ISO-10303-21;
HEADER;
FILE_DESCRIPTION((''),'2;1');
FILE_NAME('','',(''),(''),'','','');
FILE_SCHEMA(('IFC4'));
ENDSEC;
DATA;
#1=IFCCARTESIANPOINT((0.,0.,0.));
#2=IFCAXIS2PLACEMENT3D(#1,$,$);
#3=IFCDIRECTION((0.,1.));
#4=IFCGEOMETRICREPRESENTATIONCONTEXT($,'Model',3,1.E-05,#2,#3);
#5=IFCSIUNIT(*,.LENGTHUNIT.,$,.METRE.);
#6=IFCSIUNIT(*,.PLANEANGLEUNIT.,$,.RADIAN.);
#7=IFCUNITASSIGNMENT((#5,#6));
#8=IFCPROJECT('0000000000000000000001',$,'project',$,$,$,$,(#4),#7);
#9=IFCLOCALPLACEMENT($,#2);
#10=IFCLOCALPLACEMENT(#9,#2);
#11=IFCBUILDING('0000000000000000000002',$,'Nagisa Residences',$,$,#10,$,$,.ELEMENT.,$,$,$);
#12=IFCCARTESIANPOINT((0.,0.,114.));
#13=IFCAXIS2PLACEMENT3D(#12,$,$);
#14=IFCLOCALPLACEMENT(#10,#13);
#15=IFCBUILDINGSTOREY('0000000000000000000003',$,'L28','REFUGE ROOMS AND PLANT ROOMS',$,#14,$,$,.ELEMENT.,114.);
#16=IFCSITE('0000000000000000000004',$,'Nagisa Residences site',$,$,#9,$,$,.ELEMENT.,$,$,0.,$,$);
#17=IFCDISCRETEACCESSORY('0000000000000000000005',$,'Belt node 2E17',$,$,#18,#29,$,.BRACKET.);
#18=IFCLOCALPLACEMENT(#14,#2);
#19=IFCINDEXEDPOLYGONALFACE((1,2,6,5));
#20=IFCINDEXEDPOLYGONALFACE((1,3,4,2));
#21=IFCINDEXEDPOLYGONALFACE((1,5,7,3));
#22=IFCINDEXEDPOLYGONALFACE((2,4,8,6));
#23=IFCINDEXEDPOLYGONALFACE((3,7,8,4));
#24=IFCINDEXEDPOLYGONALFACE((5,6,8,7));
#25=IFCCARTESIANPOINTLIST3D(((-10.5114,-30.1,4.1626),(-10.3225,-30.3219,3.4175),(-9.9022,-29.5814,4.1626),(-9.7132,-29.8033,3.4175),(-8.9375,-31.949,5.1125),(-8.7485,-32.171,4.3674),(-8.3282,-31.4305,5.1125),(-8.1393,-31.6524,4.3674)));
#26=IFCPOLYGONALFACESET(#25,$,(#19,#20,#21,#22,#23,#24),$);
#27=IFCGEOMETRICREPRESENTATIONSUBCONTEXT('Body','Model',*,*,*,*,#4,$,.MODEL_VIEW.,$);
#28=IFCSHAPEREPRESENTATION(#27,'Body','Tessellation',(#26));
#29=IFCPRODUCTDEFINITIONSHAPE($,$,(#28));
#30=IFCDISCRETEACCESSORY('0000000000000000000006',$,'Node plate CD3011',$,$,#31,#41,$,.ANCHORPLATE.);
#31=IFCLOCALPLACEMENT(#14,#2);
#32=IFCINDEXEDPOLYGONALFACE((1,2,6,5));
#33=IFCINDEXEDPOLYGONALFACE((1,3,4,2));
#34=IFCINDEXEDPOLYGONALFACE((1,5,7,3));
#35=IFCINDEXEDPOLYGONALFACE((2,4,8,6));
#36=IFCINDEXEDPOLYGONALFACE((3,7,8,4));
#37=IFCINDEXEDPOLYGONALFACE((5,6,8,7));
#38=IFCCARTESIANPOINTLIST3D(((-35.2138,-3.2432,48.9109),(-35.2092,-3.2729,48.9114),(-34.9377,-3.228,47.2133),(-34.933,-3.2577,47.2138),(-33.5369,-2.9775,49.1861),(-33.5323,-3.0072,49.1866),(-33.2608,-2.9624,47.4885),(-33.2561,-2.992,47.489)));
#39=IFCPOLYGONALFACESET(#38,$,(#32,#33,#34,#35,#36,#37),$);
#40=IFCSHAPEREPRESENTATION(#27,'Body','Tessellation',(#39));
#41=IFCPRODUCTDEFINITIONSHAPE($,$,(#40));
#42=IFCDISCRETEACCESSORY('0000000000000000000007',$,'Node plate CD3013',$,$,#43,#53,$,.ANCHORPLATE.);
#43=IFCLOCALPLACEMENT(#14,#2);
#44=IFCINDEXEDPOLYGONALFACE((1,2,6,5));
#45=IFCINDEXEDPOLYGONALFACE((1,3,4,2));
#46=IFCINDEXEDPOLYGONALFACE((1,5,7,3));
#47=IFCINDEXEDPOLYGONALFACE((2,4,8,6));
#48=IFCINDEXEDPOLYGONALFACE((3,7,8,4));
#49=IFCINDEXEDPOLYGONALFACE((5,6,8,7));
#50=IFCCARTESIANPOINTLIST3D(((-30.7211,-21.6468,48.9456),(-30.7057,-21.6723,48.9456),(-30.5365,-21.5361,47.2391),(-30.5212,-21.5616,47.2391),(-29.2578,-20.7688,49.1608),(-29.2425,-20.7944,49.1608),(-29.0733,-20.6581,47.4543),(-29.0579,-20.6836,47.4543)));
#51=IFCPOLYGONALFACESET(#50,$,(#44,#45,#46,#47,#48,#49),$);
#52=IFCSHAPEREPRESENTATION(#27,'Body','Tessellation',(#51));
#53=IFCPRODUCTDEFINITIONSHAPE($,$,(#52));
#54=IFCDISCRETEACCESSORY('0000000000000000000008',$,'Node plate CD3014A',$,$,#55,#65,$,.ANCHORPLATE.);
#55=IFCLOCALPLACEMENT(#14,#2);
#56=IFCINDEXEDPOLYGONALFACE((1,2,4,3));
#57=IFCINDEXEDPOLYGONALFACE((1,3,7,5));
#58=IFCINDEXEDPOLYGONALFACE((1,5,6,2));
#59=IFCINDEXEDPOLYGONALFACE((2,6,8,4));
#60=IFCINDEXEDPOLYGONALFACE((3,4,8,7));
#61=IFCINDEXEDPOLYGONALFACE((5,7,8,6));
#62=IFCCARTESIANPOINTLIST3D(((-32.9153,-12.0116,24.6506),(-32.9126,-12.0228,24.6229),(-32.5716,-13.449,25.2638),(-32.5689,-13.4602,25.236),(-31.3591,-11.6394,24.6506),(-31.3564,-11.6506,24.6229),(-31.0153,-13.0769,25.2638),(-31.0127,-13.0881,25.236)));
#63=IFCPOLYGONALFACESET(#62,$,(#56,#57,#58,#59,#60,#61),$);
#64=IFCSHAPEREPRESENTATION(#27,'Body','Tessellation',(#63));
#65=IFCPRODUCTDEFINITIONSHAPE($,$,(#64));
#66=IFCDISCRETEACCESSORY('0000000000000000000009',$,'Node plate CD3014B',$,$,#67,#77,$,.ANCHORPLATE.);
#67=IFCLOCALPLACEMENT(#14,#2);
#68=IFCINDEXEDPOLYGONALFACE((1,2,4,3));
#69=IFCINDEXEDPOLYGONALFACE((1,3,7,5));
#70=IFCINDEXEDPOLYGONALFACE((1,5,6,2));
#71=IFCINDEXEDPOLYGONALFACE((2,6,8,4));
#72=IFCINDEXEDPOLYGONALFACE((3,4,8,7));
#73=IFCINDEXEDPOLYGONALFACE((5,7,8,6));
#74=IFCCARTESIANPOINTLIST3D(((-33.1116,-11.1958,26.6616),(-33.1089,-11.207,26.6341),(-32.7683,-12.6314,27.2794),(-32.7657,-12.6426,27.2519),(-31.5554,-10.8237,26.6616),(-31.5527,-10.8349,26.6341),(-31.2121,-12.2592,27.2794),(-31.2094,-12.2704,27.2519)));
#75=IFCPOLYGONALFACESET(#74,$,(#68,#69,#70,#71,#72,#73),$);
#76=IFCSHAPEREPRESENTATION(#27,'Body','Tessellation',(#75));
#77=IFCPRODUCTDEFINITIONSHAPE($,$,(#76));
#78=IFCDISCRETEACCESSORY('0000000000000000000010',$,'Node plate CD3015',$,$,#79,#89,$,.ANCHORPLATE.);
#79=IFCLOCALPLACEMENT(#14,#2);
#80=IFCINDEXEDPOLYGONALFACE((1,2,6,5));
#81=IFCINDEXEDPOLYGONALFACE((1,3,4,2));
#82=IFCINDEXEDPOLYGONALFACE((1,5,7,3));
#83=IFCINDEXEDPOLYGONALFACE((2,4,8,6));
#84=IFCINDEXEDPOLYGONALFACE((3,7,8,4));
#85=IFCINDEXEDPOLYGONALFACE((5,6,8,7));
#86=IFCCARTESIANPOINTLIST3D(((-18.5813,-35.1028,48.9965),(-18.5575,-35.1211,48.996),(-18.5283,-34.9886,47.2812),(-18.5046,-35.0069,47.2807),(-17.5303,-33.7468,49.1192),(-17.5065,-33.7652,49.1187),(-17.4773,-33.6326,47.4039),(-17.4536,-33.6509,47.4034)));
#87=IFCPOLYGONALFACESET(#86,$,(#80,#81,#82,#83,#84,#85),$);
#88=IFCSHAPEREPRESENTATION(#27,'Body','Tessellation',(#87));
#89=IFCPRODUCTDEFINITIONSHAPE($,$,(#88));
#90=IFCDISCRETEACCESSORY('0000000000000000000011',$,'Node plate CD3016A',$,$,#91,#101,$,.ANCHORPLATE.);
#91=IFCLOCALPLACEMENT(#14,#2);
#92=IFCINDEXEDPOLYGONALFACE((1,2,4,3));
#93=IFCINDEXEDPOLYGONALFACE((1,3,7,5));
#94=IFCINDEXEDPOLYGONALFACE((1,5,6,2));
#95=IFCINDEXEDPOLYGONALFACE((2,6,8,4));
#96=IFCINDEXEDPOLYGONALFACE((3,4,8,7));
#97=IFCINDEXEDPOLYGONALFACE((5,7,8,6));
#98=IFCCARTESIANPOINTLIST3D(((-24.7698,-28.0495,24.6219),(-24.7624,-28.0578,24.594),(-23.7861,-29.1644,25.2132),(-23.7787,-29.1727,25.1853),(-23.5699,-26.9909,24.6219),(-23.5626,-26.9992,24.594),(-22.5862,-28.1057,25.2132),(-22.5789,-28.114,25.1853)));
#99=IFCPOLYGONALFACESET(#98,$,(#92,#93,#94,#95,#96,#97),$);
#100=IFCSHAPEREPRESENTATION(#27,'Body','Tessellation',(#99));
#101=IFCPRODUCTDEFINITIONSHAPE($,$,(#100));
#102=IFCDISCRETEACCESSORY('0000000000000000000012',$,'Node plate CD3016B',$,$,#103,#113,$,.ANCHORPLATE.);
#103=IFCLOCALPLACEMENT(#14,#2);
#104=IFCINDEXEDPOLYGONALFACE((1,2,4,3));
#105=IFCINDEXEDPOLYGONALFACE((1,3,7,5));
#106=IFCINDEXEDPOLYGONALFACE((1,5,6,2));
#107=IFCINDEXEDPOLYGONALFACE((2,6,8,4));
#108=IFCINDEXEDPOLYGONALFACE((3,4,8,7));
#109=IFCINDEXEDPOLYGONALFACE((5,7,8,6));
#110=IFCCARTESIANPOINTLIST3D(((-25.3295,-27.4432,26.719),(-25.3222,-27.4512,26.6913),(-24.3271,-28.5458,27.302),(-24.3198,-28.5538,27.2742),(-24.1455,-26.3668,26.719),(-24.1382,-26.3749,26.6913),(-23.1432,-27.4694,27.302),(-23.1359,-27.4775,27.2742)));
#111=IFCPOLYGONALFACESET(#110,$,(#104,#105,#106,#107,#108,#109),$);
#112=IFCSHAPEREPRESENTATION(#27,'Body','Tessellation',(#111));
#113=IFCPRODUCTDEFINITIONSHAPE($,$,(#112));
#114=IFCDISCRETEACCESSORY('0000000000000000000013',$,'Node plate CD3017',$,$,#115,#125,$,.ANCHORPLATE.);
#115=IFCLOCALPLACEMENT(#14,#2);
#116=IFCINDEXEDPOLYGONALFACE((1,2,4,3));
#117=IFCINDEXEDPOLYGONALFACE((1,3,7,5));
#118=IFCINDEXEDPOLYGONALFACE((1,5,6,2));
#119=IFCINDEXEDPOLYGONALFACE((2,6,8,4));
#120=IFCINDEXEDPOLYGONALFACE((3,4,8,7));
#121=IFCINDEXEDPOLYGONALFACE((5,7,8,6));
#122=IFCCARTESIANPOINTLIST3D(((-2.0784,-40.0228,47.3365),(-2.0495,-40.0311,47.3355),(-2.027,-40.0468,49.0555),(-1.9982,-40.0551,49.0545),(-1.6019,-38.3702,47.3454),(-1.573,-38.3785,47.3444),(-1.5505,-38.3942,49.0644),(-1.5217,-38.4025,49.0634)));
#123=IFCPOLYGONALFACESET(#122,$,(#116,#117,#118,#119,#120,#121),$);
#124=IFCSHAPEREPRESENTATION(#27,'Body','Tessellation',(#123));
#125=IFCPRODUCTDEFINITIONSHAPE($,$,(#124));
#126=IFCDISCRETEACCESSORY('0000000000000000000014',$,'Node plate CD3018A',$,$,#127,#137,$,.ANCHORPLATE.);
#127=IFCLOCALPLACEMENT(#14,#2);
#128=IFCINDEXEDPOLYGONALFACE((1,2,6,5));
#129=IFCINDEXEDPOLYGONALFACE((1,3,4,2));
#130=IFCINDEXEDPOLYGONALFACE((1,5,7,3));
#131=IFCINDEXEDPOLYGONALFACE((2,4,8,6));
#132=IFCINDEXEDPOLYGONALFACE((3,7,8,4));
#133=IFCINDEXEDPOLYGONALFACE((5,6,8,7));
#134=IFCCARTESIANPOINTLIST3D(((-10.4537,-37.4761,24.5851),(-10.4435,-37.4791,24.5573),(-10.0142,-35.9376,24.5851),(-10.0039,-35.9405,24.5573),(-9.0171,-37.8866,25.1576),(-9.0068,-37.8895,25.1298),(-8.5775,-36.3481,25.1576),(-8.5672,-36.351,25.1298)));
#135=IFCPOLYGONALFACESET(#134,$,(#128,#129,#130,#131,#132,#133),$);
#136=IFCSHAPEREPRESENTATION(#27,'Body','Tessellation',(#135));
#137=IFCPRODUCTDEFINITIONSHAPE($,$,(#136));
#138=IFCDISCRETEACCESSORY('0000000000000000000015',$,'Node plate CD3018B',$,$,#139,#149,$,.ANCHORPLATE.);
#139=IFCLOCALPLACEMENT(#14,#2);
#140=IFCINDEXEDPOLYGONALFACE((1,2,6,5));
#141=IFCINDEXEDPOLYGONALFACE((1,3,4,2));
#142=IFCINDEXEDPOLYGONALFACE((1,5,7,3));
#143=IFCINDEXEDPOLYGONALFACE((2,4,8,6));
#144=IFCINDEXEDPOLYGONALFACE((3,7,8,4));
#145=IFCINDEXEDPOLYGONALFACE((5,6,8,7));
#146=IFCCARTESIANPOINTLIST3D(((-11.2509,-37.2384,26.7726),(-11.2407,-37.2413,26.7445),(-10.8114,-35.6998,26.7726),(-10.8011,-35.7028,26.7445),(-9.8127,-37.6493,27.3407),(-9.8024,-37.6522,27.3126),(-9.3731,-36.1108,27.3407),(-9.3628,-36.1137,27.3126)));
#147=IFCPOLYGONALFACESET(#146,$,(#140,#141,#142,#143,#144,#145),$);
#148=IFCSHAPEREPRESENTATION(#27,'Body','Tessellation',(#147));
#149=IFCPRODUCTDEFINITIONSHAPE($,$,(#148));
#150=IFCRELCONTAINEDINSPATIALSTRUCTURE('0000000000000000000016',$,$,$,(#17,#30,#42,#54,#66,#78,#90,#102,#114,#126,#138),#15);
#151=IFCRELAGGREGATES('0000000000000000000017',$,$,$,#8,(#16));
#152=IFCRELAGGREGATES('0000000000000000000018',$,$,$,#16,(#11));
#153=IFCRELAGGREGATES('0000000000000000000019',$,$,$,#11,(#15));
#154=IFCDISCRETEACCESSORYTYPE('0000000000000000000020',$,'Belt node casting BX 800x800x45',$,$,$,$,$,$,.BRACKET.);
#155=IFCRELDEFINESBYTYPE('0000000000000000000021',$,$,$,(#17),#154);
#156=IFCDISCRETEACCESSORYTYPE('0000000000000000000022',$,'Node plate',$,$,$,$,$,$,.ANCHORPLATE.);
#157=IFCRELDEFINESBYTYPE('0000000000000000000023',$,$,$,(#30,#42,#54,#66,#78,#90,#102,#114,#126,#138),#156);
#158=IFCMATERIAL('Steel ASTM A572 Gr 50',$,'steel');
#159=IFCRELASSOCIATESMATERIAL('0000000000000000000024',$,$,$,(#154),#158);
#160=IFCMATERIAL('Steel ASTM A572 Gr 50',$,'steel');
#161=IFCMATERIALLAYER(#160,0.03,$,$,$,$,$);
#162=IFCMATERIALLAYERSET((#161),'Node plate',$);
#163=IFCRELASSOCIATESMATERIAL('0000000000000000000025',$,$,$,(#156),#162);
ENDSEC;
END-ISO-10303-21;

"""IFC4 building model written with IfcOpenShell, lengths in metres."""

from ifc_helpers import new_model, si_unit, direction, frame, origin, origin_2d, place, context, subcontext, project, spatial, rectangle, extrude, material, layer, layer_set, type_object, element, save


model = new_model("IFC4")

# Units and contexts
model_context = context("Model", 3, precision=1e-05, world=origin(), true_north=direction((0.0, 1.0)))
body_context = subcontext(model_context, "Body", "Model", "MODEL_VIEW")
ifc_project = project(units=[si_unit("LENGTHUNIT", "METRE"), si_unit("PLANEANGLEUNIT", "RADIAN")], contexts=[model_context])

# Site, building, storey
site_placement = place(None, origin())
site = spatial("IfcSite", under=ifc_project, at=site_placement, Name="Nagisa Residences site", CompositionType="ELEMENT", RefElevation=0.0)
building_placement = place(site_placement, origin())
building = spatial("IfcBuilding", under=site, at=building_placement, Name="Nagisa Residences", CompositionType="ELEMENT")
storey_placement = place(building_placement, frame((0.0, 0.0, 114.0)))
storey = spatial("IfcBuildingStorey", under=building, at=storey_placement, Name="L28", Description="REFUGE ROOMS AND PLANT ROOMS", CompositionType="ELEMENT", Elevation=114.0)

# Discrete accessories
ifc_material_1 = material(Name="Steel ASTM A572 Gr 50", Category="steel")
discrete_accessory_type_1 = type_object("IfcDiscreteAccessoryType", Name="Belt node casting BX 800x800x45", PredefinedType="BRACKET", material=ifc_material_1)
discrete_accessory_1_placement = place(storey_placement, frame((-10.1123, -29.9517, 3.79), z_axis=(0.603634, -0.709155, 0.364315), x_axis=(0.761488, 0.648179, 0.0)))
element("IfcDiscreteAccessory", 1, at=discrete_accessory_1_placement, inside=storey, type_object=discrete_accessory_type_1, Name="Belt node 2E17", PredefinedType="BRACKET", context=body_context, shape_type="SweptSolid", body=[
    extrude(rectangle(XDim=0.8, YDim=0.8, at=origin_2d()), origin(), (0.0, 0.0, 1.0), 2.6074),
])
ifc_material_2 = material(Name="Steel ASTM A572 Gr 50", Category="steel")
ifc_layer = layer(ifc_material_2, 0.03)
ifc_layer_set = layer_set([ifc_layer], Name="Node plate")
discrete_accessory_type_2 = type_object("IfcDiscreteAccessoryType", Name="Node plate", PredefinedType="ANCHORPLATE", material=ifc_layer_set)
discrete_accessory_2_placement = place(storey_placement, frame((-34.2373, -3.1028, 48.1997), z_axis=(0.153863, -0.98796, 0.016196), x_axis=(0.160576, 0.008828, -0.986984)))
element("IfcDiscreteAccessory", 2, at=discrete_accessory_2_placement, inside=storey, type_object=discrete_accessory_type_2, Name="Node plate CD3011", PredefinedType="ANCHORPLATE", context=body_context, shape_type="SweptSolid", body=[
    extrude(rectangle(XDim=1.72, YDim=1.72, at=origin_2d()), origin(), (0.0, 0.0, 1.0), 0.03),
])
discrete_accessory_3_placement = place(storey_placement, frame((-29.8818, -21.178, 48.2), z_axis=(-0.514496, 0.857493, 0.0), x_axis=(0.107289, 0.064374, -0.992142)))
element("IfcDiscreteAccessory", 3, at=discrete_accessory_3_placement, inside=storey, type_object=discrete_accessory_type_2, Name="Node plate CD3013", PredefinedType="ANCHORPLATE", context=body_context, shape_type="SweptSolid", body=[
    extrude(rectangle(XDim=1.72, YDim=1.72, at=origin_2d()), origin(), (0.0, 0.0, 1.0), 0.0298),
])
discrete_accessory_4_placement = place(storey_placement, frame((-31.9626, -12.5554, 24.9294), z_axis=(-0.089125, 0.372705, 0.92366), x_axis=(-0.972579, -0.232573, 0.0)))
element("IfcDiscreteAccessory", 4, at=discrete_accessory_4_placement, inside=storey, type_object=discrete_accessory_type_2, Name="Node plate CD3014A", PredefinedType="ANCHORPLATE", context=body_context, shape_type="SweptSolid", body=[
    extrude(rectangle(XDim=1.6001, YDim=1.6001, at=origin_2d()), origin(), (0.0, 0.0, 1.0), 0.03),
])
discrete_accessory_5_placement = place(storey_placement, frame((-32.1619, -11.7275, 26.9705), z_axis=(0.089797, -0.375513, -0.922457), x_axis=(0.972579, 0.232573, 0.0)))
element("IfcDiscreteAccessory", 5, at=discrete_accessory_5_placement, inside=storey, type_object=discrete_accessory_type_2, Name="Node plate CD3014B", PredefinedType="ANCHORPLATE", context=body_context, shape_type="SweptSolid", body=[
    extrude(rectangle(XDim=1.6001, YDim=1.6001, at=origin_2d()), origin(), (0.0, 0.0, 1.0), 0.0298),
])
discrete_accessory_6_placement = place(storey_placement, frame((-18.0293, -34.3677, 48.2002), z_axis=(0.791, -0.611598, -0.016309), x_axis=(0.030781, 0.066406, -0.997318)))
element("IfcDiscreteAccessory", 6, at=discrete_accessory_6_placement, inside=storey, type_object=discrete_accessory_type_2, Name="Node plate CD3015", PredefinedType="ANCHORPLATE", context=body_context, shape_type="SweptSolid", body=[
    extrude(rectangle(XDim=1.72, YDim=1.72, at=origin_2d()), origin(), (0.0, 0.0, 1.0), 0.03),
])
discrete_accessory_7_placement = place(storey_placement, frame((-23.6707, -28.0859, 24.8896), z_axis=(-0.244525, 0.277129, 0.929197), x_axis=(-0.749838, -0.661622, 0.0)))
element("IfcDiscreteAccessory", 7, at=discrete_accessory_7_placement, inside=storey, type_object=discrete_accessory_type_2, Name="Node plate CD3016A", PredefinedType="ANCHORPLATE", context=body_context, shape_type="SweptSolid", body=[
    extrude(rectangle(XDim=1.6001, YDim=1.6001, at=origin_2d()), origin(), (0.0, 0.0, 1.0), 0.03),
])
discrete_accessory_8_placement = place(storey_placement, frame((-24.2363, -27.4563, 27.0105), z_axis=(0.245072, -0.269579, -0.931272), x_axis=(0.73994, 0.672673, 0.0)))
element("IfcDiscreteAccessory", 8, at=discrete_accessory_8_placement, inside=storey, type_object=discrete_accessory_type_2, Name="Node plate CD3016B", PredefinedType="ANCHORPLATE", context=body_context, shape_type="SweptSolid", body=[
    extrude(rectangle(XDim=1.6001, YDim=1.6001, at=origin_2d()), origin(), (0.0, 0.0, 1.0), 0.0298),
])
discrete_accessory_9_placement = place(storey_placement, frame((-1.8145, -39.2085, 48.2004), z_axis=(0.960398, -0.276725, -0.032556), x_axis=(-0.02985, 0.013987, -0.999457)))
element("IfcDiscreteAccessory", 9, at=discrete_accessory_9_placement, inside=storey, type_object=discrete_accessory_type_2, Name="Node plate CD3017", PredefinedType="ANCHORPLATE", context=body_context, shape_type="SweptSolid", body=[
    extrude(rectangle(XDim=1.72, YDim=1.72, at=origin_2d()), origin(), (0.0, 0.0, 1.0), 0.03),
])
discrete_accessory_10_placement = place(storey_placement, frame((-9.5054, -36.915, 24.8435), z_axis=(-0.344031, 0.098295, 0.933799), x_axis=(-0.274721, -0.961524, 0.0)))
element("IfcDiscreteAccessory", 10, at=discrete_accessory_10_placement, inside=storey, type_object=discrete_accessory_type_2, Name="Node plate CD3018A", PredefinedType="ANCHORPLATE", context=body_context, shape_type="SweptSolid", body=[
    extrude(rectangle(XDim=1.6001, YDim=1.6001, at=origin_2d()), origin(), (0.0, 0.0, 1.0), 0.0298),
])
discrete_accessory_11_placement = place(storey_placement, frame((-10.312, -36.6746, 27.0566), z_axis=(0.341418, -0.097548, -0.934836), x_axis=(0.274721, 0.961524, 0.0)))
element("IfcDiscreteAccessory", 11, at=discrete_accessory_11_placement, inside=storey, type_object=discrete_accessory_type_2, Name="Node plate CD3018B", PredefinedType="ANCHORPLATE", context=body_context, shape_type="SweptSolid", body=[
    extrude(rectangle(XDim=1.6001, YDim=1.6001, at=origin_2d()), origin(), (0.0, 0.0, 1.0), 0.03),
])

save(model, "model.ifc")
